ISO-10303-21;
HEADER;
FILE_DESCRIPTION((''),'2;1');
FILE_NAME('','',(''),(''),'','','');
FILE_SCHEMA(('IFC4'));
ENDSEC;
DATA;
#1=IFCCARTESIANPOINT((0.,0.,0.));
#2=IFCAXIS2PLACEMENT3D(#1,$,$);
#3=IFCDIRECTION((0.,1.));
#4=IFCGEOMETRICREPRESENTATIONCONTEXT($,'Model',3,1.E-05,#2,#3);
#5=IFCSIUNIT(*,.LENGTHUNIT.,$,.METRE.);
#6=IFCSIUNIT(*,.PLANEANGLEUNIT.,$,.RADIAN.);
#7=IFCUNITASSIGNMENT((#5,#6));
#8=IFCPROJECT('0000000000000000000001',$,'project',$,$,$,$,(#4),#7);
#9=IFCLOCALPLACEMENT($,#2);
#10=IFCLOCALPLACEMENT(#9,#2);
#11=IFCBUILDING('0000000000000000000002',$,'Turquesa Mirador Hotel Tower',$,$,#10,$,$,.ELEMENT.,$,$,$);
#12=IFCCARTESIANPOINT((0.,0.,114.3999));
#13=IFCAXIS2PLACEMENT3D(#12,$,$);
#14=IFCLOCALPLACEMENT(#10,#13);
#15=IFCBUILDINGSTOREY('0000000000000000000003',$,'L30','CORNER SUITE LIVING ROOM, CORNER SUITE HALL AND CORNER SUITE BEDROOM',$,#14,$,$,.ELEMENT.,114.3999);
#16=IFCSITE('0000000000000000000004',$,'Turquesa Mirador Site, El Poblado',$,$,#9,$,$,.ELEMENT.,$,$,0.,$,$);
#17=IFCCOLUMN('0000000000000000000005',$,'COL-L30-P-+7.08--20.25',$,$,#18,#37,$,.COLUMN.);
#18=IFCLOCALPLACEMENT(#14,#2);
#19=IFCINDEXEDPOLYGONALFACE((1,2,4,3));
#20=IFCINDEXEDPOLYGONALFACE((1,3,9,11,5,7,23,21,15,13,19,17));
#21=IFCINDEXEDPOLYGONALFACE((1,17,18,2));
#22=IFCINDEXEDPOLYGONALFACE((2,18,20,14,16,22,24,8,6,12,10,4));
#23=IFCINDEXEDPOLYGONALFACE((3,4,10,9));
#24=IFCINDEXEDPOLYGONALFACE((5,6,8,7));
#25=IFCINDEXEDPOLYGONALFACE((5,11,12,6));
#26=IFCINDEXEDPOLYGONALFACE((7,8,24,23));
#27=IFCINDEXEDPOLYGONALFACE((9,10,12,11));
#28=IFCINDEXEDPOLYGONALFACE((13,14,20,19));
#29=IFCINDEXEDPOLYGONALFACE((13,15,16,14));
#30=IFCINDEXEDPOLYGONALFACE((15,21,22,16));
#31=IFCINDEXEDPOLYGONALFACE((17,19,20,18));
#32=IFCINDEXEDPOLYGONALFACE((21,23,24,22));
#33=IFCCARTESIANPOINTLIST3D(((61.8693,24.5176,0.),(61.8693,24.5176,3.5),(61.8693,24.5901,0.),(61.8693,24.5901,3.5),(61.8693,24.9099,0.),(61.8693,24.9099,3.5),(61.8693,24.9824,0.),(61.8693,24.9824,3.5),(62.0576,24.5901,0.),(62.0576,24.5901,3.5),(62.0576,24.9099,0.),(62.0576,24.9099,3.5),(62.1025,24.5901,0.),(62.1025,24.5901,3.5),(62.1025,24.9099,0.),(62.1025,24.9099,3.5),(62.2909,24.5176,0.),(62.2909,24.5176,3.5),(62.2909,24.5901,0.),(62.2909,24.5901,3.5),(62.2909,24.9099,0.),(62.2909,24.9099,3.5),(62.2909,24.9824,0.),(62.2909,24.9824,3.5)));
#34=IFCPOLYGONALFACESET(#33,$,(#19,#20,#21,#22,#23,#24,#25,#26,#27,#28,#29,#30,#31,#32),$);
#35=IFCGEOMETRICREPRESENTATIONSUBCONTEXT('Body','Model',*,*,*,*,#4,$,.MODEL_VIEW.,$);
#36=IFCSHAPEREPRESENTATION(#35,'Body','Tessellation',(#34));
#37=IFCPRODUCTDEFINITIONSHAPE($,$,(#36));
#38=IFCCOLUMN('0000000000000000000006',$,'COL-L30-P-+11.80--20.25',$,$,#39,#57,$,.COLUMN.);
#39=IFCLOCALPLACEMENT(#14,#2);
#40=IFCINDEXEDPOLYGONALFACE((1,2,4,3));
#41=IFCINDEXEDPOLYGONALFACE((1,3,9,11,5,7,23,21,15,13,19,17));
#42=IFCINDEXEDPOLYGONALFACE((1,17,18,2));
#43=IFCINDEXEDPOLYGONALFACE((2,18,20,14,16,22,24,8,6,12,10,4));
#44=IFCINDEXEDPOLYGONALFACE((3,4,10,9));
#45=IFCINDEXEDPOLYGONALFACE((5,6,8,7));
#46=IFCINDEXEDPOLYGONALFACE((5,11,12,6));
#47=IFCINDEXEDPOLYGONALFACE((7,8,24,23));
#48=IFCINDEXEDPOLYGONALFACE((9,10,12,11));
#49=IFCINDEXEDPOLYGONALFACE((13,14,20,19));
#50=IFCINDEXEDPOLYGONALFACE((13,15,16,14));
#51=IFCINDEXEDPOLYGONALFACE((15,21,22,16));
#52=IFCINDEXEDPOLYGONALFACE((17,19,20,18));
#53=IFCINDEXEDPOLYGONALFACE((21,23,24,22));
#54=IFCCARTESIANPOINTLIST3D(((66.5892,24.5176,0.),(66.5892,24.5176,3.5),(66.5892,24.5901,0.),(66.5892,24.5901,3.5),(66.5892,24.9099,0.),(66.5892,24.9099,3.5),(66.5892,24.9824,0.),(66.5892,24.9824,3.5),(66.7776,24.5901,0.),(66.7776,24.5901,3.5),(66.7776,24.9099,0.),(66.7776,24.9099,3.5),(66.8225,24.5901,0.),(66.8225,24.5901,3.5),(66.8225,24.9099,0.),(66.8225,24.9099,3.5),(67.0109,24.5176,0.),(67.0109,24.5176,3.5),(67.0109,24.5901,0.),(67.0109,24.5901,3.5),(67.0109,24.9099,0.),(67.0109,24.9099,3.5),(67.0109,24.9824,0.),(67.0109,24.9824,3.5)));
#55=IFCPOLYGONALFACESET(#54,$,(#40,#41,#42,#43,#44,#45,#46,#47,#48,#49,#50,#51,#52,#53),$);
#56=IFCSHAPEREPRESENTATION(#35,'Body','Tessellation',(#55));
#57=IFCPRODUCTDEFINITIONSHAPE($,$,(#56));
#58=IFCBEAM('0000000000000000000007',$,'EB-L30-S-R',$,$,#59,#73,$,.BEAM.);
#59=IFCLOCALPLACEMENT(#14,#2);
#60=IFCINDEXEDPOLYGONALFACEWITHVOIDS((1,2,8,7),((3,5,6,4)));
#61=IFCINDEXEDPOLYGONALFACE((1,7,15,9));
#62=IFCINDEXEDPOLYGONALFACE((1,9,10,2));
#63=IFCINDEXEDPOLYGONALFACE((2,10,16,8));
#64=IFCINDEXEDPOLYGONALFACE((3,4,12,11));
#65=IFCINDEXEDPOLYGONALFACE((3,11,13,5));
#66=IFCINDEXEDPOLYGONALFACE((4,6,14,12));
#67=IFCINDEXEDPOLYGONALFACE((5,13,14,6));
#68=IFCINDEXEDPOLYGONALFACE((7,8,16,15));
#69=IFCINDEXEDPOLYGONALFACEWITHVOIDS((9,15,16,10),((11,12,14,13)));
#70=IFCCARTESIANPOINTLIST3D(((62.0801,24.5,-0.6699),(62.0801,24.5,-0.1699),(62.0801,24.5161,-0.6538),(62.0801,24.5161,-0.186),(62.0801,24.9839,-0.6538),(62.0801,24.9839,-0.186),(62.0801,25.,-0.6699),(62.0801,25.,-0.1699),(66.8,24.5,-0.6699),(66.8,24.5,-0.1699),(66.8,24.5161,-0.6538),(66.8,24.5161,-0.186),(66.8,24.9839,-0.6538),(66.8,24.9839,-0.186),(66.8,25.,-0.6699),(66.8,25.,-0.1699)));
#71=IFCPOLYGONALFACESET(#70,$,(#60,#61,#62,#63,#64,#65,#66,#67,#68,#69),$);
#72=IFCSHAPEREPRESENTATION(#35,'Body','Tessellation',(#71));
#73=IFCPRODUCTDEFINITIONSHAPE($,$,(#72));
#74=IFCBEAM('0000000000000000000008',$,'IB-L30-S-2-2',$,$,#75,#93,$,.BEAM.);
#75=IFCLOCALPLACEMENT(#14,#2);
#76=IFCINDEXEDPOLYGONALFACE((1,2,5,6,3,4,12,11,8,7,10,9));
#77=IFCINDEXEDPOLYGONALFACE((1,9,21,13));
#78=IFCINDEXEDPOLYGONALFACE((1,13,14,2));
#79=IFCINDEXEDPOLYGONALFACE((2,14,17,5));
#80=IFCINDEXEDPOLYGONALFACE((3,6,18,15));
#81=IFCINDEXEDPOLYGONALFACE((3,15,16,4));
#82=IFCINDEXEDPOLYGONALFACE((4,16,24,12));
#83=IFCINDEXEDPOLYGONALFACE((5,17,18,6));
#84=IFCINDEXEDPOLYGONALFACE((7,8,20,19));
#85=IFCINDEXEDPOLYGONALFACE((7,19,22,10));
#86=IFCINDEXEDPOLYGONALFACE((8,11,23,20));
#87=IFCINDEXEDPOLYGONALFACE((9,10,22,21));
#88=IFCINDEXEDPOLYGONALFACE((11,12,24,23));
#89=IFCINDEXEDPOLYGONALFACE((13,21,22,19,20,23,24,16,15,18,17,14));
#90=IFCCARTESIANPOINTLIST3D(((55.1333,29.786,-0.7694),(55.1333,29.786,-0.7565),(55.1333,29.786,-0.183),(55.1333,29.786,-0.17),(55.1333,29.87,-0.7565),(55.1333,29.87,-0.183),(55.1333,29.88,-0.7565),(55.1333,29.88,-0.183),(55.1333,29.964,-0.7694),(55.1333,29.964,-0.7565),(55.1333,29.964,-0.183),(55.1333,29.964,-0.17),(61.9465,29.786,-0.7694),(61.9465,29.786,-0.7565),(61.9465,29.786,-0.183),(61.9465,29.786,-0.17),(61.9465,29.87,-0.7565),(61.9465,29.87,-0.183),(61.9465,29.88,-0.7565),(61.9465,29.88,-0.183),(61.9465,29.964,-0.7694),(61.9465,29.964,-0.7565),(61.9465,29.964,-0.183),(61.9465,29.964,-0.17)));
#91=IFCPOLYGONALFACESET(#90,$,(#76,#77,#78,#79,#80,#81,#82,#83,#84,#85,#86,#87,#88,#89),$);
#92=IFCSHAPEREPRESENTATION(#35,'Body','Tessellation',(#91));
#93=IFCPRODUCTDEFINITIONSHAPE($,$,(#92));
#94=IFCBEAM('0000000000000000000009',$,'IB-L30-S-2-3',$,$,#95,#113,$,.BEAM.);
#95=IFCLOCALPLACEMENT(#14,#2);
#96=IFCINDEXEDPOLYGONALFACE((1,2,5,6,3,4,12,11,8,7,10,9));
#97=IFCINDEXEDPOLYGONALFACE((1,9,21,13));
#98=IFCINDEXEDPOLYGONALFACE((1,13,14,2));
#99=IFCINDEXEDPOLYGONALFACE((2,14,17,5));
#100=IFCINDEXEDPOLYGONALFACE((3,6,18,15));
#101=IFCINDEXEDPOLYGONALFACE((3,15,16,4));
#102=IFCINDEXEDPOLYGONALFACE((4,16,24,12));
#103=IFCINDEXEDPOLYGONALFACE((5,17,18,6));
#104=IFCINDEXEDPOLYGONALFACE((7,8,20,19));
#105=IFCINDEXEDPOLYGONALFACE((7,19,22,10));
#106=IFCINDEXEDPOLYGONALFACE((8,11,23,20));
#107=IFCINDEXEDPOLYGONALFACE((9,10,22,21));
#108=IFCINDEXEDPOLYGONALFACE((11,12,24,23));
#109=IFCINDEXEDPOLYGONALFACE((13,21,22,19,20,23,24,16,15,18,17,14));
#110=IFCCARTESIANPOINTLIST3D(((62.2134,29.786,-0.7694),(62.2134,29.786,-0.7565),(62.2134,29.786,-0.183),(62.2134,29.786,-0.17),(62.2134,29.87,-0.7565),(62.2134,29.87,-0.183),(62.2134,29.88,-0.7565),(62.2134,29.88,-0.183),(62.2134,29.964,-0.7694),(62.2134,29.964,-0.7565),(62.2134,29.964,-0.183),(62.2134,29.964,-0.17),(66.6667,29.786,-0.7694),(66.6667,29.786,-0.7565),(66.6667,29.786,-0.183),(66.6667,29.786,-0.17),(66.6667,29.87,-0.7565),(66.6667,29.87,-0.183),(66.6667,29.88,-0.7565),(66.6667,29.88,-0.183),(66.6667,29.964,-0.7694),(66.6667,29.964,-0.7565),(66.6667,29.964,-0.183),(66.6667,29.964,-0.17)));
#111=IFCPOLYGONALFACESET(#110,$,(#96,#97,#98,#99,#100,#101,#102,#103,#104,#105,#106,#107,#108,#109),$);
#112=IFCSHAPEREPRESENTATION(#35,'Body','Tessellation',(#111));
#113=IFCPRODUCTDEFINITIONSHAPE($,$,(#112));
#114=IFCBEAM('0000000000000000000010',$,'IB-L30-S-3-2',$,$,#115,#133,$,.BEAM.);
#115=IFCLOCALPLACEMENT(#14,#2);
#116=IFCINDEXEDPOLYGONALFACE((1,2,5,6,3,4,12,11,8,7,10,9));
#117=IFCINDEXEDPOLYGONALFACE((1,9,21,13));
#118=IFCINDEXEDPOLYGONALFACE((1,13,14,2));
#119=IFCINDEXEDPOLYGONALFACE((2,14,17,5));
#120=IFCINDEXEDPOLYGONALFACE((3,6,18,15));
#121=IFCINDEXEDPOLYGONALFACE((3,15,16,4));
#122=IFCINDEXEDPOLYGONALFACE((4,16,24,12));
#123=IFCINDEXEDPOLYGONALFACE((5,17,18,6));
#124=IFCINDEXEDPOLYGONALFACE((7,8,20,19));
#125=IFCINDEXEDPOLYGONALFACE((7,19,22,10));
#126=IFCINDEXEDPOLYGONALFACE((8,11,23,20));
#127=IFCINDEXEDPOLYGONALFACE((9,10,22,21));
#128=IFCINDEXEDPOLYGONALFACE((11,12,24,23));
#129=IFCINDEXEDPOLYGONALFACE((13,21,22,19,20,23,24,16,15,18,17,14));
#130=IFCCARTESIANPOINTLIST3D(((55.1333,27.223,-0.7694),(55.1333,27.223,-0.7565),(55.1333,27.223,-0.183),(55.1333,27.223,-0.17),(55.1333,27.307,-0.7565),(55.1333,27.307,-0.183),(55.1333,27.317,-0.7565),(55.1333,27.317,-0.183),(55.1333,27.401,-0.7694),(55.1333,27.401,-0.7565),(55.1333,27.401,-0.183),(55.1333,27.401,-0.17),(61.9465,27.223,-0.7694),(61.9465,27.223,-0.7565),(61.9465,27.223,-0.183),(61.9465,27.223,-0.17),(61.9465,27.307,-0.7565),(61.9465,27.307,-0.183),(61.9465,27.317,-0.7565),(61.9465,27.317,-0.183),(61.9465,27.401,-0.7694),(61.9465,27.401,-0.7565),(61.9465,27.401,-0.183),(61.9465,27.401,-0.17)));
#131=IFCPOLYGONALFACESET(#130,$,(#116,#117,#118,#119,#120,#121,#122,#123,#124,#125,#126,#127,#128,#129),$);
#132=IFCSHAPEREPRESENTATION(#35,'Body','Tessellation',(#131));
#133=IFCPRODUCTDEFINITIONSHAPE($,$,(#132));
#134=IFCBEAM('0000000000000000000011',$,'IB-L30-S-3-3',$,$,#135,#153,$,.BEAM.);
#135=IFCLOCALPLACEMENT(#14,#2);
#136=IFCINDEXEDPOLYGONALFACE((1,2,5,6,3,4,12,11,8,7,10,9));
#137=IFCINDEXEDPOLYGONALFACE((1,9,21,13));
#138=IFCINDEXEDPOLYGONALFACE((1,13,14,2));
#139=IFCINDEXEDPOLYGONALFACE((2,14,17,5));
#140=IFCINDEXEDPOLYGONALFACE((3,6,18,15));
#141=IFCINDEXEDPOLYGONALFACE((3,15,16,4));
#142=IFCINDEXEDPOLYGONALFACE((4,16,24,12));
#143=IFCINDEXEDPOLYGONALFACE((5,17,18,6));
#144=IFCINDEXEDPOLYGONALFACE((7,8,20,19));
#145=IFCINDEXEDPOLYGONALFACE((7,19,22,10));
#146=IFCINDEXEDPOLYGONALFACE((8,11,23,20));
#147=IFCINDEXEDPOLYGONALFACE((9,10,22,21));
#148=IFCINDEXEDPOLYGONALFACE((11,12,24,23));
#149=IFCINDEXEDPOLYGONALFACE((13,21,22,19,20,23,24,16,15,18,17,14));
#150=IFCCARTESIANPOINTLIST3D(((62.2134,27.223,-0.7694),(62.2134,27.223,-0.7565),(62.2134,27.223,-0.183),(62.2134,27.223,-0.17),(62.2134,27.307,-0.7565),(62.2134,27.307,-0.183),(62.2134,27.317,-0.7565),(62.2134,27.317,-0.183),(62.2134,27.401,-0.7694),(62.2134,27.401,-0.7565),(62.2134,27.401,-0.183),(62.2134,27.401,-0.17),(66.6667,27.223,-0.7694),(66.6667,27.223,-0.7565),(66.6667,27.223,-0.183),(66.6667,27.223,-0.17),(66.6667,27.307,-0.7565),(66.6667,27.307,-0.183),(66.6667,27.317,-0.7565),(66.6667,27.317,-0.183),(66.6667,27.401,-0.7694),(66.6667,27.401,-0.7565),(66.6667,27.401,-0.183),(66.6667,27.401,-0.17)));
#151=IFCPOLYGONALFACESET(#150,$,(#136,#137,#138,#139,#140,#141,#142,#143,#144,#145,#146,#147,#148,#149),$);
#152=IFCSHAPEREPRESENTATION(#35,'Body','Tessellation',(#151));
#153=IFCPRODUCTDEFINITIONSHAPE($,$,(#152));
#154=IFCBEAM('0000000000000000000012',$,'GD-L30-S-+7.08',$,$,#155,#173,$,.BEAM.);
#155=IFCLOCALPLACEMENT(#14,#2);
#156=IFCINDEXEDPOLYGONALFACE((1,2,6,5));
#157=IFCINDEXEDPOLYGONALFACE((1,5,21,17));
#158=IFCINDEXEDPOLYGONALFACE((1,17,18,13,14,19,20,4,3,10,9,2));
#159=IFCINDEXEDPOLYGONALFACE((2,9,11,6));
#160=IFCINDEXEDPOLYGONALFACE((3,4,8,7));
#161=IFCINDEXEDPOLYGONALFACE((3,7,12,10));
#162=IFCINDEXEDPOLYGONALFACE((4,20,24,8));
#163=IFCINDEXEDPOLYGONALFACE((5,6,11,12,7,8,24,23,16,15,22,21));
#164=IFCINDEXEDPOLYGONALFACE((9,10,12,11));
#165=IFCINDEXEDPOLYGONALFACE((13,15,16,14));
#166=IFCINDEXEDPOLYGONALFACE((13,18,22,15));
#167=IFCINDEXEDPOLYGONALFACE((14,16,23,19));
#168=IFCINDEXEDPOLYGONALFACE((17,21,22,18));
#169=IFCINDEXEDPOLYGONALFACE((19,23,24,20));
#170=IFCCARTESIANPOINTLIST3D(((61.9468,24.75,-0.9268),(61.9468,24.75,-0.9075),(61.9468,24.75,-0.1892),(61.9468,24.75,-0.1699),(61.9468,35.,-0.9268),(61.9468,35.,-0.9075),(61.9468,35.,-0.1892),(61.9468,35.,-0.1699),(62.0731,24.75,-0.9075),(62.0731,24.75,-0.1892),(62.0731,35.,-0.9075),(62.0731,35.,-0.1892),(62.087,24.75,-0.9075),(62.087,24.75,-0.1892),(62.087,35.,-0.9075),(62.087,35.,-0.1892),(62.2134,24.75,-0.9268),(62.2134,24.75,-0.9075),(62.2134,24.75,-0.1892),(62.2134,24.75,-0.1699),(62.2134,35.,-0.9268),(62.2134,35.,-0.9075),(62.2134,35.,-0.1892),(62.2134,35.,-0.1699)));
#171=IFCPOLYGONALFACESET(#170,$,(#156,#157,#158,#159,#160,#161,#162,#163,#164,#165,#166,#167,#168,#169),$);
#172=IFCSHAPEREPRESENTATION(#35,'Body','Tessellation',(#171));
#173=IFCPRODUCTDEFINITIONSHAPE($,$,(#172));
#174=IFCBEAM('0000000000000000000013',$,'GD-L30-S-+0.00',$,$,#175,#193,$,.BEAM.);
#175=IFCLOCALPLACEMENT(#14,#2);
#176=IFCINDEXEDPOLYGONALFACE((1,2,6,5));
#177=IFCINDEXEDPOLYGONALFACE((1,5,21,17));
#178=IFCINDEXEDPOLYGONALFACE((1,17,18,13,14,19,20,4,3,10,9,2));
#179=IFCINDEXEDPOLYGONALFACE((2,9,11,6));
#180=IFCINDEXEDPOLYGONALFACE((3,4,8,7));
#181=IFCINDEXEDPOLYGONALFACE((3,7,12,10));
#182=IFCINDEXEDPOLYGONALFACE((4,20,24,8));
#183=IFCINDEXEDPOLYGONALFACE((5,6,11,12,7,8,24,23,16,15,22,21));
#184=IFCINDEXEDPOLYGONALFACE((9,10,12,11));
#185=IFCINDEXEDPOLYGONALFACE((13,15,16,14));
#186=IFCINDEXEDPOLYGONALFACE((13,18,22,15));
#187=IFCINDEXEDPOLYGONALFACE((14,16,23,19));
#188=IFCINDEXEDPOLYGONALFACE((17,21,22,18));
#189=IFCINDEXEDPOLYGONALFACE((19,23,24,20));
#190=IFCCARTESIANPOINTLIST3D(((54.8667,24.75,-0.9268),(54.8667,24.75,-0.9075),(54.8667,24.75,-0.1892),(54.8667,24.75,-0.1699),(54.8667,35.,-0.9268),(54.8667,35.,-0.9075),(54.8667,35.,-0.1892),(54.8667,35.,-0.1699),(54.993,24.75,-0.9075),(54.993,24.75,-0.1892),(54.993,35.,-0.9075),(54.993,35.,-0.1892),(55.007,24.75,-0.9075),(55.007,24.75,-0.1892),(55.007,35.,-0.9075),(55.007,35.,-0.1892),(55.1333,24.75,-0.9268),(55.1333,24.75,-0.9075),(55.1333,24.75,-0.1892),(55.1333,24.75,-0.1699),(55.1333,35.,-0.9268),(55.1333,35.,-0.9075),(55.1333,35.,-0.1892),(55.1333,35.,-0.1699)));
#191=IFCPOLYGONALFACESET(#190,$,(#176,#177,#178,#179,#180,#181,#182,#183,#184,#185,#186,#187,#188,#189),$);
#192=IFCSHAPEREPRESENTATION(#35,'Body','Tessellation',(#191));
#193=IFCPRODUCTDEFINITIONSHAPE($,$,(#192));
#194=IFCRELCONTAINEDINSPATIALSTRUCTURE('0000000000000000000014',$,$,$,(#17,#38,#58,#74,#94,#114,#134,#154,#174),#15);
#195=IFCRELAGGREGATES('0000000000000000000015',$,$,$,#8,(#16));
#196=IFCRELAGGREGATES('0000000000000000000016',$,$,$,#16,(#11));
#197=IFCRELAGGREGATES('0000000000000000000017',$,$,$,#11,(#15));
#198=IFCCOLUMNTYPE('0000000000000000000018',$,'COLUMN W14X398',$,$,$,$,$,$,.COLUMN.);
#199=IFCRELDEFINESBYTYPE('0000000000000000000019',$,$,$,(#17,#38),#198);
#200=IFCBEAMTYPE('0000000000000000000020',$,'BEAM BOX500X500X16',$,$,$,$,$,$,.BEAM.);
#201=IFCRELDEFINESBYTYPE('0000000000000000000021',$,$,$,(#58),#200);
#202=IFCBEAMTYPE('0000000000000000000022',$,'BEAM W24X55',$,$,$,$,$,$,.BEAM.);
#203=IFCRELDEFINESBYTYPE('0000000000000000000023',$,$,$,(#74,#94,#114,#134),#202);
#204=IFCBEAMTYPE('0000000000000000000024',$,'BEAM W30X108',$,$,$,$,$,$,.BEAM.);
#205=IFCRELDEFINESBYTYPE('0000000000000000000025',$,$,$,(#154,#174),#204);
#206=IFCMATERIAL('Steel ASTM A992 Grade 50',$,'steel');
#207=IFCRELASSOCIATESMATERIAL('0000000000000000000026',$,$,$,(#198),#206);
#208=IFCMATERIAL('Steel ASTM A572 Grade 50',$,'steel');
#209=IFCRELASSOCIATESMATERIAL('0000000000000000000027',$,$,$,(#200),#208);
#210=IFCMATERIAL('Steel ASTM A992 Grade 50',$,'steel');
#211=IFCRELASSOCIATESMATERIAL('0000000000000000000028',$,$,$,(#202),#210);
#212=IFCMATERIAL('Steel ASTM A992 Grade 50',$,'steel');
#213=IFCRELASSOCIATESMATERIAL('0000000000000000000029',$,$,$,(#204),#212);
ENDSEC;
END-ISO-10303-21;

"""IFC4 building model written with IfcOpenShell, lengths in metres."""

from ifc_helpers import new_model, si_unit, direction, frame, origin, origin_2d, place, context, subcontext, project, spatial, hollow_rectangle, i_section, extrude, material, material_profile, profile_set, type_object, element, save


model = new_model("IFC4")

# Units and contexts
model_context = context("Model", 3, precision=1e-05, world=origin(), true_north=direction((0.0, 1.0)))
body_context = subcontext(model_context, "Body", "Model", "MODEL_VIEW")
ifc_project = project(units=[si_unit("LENGTHUNIT", "METRE"), si_unit("PLANEANGLEUNIT", "RADIAN")], contexts=[model_context])

# Site, building, storey
site_placement = place(None, origin())
site = spatial("IfcSite", under=ifc_project, at=site_placement, Name="Turquesa Mirador Site, El Poblado", CompositionType="ELEMENT", RefElevation=0.0)
building_placement = place(site_placement, origin())
building = spatial("IfcBuilding", under=site, at=building_placement, Name="Turquesa Mirador Hotel Tower", CompositionType="ELEMENT")
storey_placement = place(building_placement, frame((0.0, 0.0, 114.3999)))
storey = spatial("IfcBuildingStorey", under=building, at=storey_placement, Name="L30", Description="CORNER SUITE LIVING ROOM, CORNER SUITE HALL AND CORNER SUITE BEDROOM", CompositionType="ELEMENT", Elevation=114.3999)

# Columns
ifc_material_1 = material(Name="Steel ASTM A992 Grade 50", Category="steel")
ifc_material_profile_1 = material_profile(ifc_material_1, i_section(OverallWidth=0.4216, OverallDepth=0.4648, WebThickness=0.0449, FlangeThickness=0.0725, at=origin_2d()), Name="W14X398")
ifc_profile_set_1 = profile_set([ifc_material_profile_1], Name="Steel ASTM A992 Grade 50")
column_type = type_object("IfcColumnType", Name="COLUMN W14X398", PredefinedType="COLUMN", material=ifc_profile_set_1)
for number, where, z_axis, x_axis, name in (
    (1, (62.0801, 24.75, 0.0), (0.0, 0.0, 1.0), (1.0, 0.0, 0.0), "COL-L30-P-+7.08--20.25"),
    (2, (66.8, 24.75, 0.0), (0.0, 0.0, 1.0), (1.0, 0.0, 0.0), "COL-L30-P-+11.80--20.25"),
):
    element("IfcColumn", number, at=place(storey_placement, frame(where, z_axis=z_axis, x_axis=x_axis)), inside=storey, type_object=column_type, Name=name, PredefinedType="COLUMN", context=body_context, shape_type="SweptSolid", body=[
        extrude(i_section(OverallWidth=0.4216, OverallDepth=0.4648, WebThickness=0.0449, FlangeThickness=0.0725, at=origin_2d()), origin(), (0.0, 0.0, 1.0), 3.5),
    ])

# Beams
ifc_material_2 = material(Name="Steel ASTM A572 Grade 50", Category="steel")
ifc_material_profile_2 = material_profile(ifc_material_2, hollow_rectangle(XDim=0.5, YDim=0.5, WallThickness=0.0161, at=origin_2d()), Name="BOX500X500X16")
ifc_profile_set_2 = profile_set([ifc_material_profile_2], Name="Steel ASTM A572 Grade 50")
beam_type_1 = type_object("IfcBeamType", Name="BEAM BOX500X500X16", PredefinedType="BEAM", material=ifc_profile_set_2)
beam_1_placement = place(storey_placement, frame((62.0801, 24.75, -0.4199), z_axis=(1.0, 0.0, 0.0), x_axis=(0.0, 1.0, 0.0)))
element("IfcBeam", 3, at=beam_1_placement, inside=storey, type_object=beam_type_1, Name="EB-L30-S-R", PredefinedType="BEAM", context=body_context, shape_type="SweptSolid", body=[
    extrude(hollow_rectangle(XDim=0.5, YDim=0.5, WallThickness=0.0161, at=origin_2d()), origin(), (0.0, 0.0, 1.0), 4.72),
])
ifc_material_3 = material(Name="Steel ASTM A992 Grade 50", Category="steel")
ifc_material_profile_3 = material_profile(ifc_material_3, i_section(OverallWidth=0.178, OverallDepth=0.5994, WebThickness=0.01, FlangeThickness=0.0129, at=origin_2d()), Name="W24X55")
ifc_profile_set_3 = profile_set([ifc_material_profile_3], Name="Steel ASTM A992 Grade 50")
beam_type_2 = type_object("IfcBeamType", Name="BEAM W24X55", PredefinedType="BEAM", material=ifc_profile_set_3)
beam_2_placement = place(storey_placement, frame((55.1333, 29.875, -0.4697), z_axis=(1.0, 0.0, 0.0), x_axis=(0.0, 1.0, 0.0)))
element("IfcBeam", 4, at=beam_2_placement, inside=storey, type_object=beam_type_2, Name="IB-L30-S-2-2", PredefinedType="BEAM", context=body_context, shape_type="SweptSolid", body=[
    extrude(i_section(OverallWidth=0.178, OverallDepth=0.5994, WebThickness=0.01, FlangeThickness=0.0129, at=origin_2d()), origin(), (0.0, 0.0, 1.0), 6.8132),
])
beam_3_placement = place(storey_placement, frame((62.2134, 29.875, -0.4697), z_axis=(1.0, 0.0, 0.0), x_axis=(0.0, 1.0, 0.0)))
element("IfcBeam", 5, at=beam_3_placement, inside=storey, type_object=beam_type_2, Name="IB-L30-S-2-3", PredefinedType="BEAM", context=body_context, shape_type="SweptSolid", body=[
    extrude(i_section(OverallWidth=0.178, OverallDepth=0.5994, WebThickness=0.01, FlangeThickness=0.0129, at=origin_2d()), origin(), (0.0, 0.0, 1.0), 4.4534),
])
beam_4_placement = place(storey_placement, frame((55.1333, 27.312, -0.4697), z_axis=(1.0, 0.0, 0.0), x_axis=(0.0, 1.0, 0.0)))
element("IfcBeam", 6, at=beam_4_placement, inside=storey, type_object=beam_type_2, Name="IB-L30-S-3-2", PredefinedType="BEAM", context=body_context, shape_type="SweptSolid", body=[
    extrude(i_section(OverallWidth=0.178, OverallDepth=0.5994, WebThickness=0.01, FlangeThickness=0.0129, at=origin_2d()), origin(), (0.0, 0.0, 1.0), 6.8132),
])
beam_5_placement = place(storey_placement, frame((62.2134, 27.312, -0.4697), z_axis=(1.0, 0.0, 0.0), x_axis=(0.0, 1.0, 0.0)))
element("IfcBeam", 7, at=beam_5_placement, inside=storey, type_object=beam_type_2, Name="IB-L30-S-3-3", PredefinedType="BEAM", context=body_context, shape_type="SweptSolid", body=[
    extrude(i_section(OverallWidth=0.178, OverallDepth=0.5994, WebThickness=0.01, FlangeThickness=0.0129, at=origin_2d()), origin(), (0.0, 0.0, 1.0), 4.4534),
])
ifc_material_4 = material(Name="Steel ASTM A992 Grade 50", Category="steel")
ifc_material_profile_4 = material_profile(ifc_material_4, i_section(OverallWidth=0.2666, OverallDepth=0.7568, WebThickness=0.0139, FlangeThickness=0.0193, at=origin_2d()), Name="W30X108")
ifc_profile_set_4 = profile_set([ifc_material_profile_4], Name="Steel ASTM A992 Grade 50")
beam_type_3 = type_object("IfcBeamType", Name="BEAM W30X108", PredefinedType="BEAM", material=ifc_profile_set_4)
for number, where, z_axis, x_axis, name in (
    (8, (62.0801, 24.75, -0.5483), (0.0, 1.0, 0.0), (-1.0, 0.0, 0.0), "GD-L30-S-+7.08"),
    (9, (55.0, 24.75, -0.5483), (0.0, 1.0, 0.0), (-1.0, 0.0, 0.0), "GD-L30-S-+0.00"),
):
    element("IfcBeam", number, at=place(storey_placement, frame(where, z_axis=z_axis, x_axis=x_axis)), inside=storey, type_object=beam_type_3, Name=name, PredefinedType="BEAM", context=body_context, shape_type="SweptSolid", body=[
        extrude(i_section(OverallWidth=0.2666, OverallDepth=0.7568, WebThickness=0.0139, FlangeThickness=0.0193, at=origin_2d()), origin(), (0.0, 0.0, 1.0), 10.25),
    ])

save(model, "model.ifc")
